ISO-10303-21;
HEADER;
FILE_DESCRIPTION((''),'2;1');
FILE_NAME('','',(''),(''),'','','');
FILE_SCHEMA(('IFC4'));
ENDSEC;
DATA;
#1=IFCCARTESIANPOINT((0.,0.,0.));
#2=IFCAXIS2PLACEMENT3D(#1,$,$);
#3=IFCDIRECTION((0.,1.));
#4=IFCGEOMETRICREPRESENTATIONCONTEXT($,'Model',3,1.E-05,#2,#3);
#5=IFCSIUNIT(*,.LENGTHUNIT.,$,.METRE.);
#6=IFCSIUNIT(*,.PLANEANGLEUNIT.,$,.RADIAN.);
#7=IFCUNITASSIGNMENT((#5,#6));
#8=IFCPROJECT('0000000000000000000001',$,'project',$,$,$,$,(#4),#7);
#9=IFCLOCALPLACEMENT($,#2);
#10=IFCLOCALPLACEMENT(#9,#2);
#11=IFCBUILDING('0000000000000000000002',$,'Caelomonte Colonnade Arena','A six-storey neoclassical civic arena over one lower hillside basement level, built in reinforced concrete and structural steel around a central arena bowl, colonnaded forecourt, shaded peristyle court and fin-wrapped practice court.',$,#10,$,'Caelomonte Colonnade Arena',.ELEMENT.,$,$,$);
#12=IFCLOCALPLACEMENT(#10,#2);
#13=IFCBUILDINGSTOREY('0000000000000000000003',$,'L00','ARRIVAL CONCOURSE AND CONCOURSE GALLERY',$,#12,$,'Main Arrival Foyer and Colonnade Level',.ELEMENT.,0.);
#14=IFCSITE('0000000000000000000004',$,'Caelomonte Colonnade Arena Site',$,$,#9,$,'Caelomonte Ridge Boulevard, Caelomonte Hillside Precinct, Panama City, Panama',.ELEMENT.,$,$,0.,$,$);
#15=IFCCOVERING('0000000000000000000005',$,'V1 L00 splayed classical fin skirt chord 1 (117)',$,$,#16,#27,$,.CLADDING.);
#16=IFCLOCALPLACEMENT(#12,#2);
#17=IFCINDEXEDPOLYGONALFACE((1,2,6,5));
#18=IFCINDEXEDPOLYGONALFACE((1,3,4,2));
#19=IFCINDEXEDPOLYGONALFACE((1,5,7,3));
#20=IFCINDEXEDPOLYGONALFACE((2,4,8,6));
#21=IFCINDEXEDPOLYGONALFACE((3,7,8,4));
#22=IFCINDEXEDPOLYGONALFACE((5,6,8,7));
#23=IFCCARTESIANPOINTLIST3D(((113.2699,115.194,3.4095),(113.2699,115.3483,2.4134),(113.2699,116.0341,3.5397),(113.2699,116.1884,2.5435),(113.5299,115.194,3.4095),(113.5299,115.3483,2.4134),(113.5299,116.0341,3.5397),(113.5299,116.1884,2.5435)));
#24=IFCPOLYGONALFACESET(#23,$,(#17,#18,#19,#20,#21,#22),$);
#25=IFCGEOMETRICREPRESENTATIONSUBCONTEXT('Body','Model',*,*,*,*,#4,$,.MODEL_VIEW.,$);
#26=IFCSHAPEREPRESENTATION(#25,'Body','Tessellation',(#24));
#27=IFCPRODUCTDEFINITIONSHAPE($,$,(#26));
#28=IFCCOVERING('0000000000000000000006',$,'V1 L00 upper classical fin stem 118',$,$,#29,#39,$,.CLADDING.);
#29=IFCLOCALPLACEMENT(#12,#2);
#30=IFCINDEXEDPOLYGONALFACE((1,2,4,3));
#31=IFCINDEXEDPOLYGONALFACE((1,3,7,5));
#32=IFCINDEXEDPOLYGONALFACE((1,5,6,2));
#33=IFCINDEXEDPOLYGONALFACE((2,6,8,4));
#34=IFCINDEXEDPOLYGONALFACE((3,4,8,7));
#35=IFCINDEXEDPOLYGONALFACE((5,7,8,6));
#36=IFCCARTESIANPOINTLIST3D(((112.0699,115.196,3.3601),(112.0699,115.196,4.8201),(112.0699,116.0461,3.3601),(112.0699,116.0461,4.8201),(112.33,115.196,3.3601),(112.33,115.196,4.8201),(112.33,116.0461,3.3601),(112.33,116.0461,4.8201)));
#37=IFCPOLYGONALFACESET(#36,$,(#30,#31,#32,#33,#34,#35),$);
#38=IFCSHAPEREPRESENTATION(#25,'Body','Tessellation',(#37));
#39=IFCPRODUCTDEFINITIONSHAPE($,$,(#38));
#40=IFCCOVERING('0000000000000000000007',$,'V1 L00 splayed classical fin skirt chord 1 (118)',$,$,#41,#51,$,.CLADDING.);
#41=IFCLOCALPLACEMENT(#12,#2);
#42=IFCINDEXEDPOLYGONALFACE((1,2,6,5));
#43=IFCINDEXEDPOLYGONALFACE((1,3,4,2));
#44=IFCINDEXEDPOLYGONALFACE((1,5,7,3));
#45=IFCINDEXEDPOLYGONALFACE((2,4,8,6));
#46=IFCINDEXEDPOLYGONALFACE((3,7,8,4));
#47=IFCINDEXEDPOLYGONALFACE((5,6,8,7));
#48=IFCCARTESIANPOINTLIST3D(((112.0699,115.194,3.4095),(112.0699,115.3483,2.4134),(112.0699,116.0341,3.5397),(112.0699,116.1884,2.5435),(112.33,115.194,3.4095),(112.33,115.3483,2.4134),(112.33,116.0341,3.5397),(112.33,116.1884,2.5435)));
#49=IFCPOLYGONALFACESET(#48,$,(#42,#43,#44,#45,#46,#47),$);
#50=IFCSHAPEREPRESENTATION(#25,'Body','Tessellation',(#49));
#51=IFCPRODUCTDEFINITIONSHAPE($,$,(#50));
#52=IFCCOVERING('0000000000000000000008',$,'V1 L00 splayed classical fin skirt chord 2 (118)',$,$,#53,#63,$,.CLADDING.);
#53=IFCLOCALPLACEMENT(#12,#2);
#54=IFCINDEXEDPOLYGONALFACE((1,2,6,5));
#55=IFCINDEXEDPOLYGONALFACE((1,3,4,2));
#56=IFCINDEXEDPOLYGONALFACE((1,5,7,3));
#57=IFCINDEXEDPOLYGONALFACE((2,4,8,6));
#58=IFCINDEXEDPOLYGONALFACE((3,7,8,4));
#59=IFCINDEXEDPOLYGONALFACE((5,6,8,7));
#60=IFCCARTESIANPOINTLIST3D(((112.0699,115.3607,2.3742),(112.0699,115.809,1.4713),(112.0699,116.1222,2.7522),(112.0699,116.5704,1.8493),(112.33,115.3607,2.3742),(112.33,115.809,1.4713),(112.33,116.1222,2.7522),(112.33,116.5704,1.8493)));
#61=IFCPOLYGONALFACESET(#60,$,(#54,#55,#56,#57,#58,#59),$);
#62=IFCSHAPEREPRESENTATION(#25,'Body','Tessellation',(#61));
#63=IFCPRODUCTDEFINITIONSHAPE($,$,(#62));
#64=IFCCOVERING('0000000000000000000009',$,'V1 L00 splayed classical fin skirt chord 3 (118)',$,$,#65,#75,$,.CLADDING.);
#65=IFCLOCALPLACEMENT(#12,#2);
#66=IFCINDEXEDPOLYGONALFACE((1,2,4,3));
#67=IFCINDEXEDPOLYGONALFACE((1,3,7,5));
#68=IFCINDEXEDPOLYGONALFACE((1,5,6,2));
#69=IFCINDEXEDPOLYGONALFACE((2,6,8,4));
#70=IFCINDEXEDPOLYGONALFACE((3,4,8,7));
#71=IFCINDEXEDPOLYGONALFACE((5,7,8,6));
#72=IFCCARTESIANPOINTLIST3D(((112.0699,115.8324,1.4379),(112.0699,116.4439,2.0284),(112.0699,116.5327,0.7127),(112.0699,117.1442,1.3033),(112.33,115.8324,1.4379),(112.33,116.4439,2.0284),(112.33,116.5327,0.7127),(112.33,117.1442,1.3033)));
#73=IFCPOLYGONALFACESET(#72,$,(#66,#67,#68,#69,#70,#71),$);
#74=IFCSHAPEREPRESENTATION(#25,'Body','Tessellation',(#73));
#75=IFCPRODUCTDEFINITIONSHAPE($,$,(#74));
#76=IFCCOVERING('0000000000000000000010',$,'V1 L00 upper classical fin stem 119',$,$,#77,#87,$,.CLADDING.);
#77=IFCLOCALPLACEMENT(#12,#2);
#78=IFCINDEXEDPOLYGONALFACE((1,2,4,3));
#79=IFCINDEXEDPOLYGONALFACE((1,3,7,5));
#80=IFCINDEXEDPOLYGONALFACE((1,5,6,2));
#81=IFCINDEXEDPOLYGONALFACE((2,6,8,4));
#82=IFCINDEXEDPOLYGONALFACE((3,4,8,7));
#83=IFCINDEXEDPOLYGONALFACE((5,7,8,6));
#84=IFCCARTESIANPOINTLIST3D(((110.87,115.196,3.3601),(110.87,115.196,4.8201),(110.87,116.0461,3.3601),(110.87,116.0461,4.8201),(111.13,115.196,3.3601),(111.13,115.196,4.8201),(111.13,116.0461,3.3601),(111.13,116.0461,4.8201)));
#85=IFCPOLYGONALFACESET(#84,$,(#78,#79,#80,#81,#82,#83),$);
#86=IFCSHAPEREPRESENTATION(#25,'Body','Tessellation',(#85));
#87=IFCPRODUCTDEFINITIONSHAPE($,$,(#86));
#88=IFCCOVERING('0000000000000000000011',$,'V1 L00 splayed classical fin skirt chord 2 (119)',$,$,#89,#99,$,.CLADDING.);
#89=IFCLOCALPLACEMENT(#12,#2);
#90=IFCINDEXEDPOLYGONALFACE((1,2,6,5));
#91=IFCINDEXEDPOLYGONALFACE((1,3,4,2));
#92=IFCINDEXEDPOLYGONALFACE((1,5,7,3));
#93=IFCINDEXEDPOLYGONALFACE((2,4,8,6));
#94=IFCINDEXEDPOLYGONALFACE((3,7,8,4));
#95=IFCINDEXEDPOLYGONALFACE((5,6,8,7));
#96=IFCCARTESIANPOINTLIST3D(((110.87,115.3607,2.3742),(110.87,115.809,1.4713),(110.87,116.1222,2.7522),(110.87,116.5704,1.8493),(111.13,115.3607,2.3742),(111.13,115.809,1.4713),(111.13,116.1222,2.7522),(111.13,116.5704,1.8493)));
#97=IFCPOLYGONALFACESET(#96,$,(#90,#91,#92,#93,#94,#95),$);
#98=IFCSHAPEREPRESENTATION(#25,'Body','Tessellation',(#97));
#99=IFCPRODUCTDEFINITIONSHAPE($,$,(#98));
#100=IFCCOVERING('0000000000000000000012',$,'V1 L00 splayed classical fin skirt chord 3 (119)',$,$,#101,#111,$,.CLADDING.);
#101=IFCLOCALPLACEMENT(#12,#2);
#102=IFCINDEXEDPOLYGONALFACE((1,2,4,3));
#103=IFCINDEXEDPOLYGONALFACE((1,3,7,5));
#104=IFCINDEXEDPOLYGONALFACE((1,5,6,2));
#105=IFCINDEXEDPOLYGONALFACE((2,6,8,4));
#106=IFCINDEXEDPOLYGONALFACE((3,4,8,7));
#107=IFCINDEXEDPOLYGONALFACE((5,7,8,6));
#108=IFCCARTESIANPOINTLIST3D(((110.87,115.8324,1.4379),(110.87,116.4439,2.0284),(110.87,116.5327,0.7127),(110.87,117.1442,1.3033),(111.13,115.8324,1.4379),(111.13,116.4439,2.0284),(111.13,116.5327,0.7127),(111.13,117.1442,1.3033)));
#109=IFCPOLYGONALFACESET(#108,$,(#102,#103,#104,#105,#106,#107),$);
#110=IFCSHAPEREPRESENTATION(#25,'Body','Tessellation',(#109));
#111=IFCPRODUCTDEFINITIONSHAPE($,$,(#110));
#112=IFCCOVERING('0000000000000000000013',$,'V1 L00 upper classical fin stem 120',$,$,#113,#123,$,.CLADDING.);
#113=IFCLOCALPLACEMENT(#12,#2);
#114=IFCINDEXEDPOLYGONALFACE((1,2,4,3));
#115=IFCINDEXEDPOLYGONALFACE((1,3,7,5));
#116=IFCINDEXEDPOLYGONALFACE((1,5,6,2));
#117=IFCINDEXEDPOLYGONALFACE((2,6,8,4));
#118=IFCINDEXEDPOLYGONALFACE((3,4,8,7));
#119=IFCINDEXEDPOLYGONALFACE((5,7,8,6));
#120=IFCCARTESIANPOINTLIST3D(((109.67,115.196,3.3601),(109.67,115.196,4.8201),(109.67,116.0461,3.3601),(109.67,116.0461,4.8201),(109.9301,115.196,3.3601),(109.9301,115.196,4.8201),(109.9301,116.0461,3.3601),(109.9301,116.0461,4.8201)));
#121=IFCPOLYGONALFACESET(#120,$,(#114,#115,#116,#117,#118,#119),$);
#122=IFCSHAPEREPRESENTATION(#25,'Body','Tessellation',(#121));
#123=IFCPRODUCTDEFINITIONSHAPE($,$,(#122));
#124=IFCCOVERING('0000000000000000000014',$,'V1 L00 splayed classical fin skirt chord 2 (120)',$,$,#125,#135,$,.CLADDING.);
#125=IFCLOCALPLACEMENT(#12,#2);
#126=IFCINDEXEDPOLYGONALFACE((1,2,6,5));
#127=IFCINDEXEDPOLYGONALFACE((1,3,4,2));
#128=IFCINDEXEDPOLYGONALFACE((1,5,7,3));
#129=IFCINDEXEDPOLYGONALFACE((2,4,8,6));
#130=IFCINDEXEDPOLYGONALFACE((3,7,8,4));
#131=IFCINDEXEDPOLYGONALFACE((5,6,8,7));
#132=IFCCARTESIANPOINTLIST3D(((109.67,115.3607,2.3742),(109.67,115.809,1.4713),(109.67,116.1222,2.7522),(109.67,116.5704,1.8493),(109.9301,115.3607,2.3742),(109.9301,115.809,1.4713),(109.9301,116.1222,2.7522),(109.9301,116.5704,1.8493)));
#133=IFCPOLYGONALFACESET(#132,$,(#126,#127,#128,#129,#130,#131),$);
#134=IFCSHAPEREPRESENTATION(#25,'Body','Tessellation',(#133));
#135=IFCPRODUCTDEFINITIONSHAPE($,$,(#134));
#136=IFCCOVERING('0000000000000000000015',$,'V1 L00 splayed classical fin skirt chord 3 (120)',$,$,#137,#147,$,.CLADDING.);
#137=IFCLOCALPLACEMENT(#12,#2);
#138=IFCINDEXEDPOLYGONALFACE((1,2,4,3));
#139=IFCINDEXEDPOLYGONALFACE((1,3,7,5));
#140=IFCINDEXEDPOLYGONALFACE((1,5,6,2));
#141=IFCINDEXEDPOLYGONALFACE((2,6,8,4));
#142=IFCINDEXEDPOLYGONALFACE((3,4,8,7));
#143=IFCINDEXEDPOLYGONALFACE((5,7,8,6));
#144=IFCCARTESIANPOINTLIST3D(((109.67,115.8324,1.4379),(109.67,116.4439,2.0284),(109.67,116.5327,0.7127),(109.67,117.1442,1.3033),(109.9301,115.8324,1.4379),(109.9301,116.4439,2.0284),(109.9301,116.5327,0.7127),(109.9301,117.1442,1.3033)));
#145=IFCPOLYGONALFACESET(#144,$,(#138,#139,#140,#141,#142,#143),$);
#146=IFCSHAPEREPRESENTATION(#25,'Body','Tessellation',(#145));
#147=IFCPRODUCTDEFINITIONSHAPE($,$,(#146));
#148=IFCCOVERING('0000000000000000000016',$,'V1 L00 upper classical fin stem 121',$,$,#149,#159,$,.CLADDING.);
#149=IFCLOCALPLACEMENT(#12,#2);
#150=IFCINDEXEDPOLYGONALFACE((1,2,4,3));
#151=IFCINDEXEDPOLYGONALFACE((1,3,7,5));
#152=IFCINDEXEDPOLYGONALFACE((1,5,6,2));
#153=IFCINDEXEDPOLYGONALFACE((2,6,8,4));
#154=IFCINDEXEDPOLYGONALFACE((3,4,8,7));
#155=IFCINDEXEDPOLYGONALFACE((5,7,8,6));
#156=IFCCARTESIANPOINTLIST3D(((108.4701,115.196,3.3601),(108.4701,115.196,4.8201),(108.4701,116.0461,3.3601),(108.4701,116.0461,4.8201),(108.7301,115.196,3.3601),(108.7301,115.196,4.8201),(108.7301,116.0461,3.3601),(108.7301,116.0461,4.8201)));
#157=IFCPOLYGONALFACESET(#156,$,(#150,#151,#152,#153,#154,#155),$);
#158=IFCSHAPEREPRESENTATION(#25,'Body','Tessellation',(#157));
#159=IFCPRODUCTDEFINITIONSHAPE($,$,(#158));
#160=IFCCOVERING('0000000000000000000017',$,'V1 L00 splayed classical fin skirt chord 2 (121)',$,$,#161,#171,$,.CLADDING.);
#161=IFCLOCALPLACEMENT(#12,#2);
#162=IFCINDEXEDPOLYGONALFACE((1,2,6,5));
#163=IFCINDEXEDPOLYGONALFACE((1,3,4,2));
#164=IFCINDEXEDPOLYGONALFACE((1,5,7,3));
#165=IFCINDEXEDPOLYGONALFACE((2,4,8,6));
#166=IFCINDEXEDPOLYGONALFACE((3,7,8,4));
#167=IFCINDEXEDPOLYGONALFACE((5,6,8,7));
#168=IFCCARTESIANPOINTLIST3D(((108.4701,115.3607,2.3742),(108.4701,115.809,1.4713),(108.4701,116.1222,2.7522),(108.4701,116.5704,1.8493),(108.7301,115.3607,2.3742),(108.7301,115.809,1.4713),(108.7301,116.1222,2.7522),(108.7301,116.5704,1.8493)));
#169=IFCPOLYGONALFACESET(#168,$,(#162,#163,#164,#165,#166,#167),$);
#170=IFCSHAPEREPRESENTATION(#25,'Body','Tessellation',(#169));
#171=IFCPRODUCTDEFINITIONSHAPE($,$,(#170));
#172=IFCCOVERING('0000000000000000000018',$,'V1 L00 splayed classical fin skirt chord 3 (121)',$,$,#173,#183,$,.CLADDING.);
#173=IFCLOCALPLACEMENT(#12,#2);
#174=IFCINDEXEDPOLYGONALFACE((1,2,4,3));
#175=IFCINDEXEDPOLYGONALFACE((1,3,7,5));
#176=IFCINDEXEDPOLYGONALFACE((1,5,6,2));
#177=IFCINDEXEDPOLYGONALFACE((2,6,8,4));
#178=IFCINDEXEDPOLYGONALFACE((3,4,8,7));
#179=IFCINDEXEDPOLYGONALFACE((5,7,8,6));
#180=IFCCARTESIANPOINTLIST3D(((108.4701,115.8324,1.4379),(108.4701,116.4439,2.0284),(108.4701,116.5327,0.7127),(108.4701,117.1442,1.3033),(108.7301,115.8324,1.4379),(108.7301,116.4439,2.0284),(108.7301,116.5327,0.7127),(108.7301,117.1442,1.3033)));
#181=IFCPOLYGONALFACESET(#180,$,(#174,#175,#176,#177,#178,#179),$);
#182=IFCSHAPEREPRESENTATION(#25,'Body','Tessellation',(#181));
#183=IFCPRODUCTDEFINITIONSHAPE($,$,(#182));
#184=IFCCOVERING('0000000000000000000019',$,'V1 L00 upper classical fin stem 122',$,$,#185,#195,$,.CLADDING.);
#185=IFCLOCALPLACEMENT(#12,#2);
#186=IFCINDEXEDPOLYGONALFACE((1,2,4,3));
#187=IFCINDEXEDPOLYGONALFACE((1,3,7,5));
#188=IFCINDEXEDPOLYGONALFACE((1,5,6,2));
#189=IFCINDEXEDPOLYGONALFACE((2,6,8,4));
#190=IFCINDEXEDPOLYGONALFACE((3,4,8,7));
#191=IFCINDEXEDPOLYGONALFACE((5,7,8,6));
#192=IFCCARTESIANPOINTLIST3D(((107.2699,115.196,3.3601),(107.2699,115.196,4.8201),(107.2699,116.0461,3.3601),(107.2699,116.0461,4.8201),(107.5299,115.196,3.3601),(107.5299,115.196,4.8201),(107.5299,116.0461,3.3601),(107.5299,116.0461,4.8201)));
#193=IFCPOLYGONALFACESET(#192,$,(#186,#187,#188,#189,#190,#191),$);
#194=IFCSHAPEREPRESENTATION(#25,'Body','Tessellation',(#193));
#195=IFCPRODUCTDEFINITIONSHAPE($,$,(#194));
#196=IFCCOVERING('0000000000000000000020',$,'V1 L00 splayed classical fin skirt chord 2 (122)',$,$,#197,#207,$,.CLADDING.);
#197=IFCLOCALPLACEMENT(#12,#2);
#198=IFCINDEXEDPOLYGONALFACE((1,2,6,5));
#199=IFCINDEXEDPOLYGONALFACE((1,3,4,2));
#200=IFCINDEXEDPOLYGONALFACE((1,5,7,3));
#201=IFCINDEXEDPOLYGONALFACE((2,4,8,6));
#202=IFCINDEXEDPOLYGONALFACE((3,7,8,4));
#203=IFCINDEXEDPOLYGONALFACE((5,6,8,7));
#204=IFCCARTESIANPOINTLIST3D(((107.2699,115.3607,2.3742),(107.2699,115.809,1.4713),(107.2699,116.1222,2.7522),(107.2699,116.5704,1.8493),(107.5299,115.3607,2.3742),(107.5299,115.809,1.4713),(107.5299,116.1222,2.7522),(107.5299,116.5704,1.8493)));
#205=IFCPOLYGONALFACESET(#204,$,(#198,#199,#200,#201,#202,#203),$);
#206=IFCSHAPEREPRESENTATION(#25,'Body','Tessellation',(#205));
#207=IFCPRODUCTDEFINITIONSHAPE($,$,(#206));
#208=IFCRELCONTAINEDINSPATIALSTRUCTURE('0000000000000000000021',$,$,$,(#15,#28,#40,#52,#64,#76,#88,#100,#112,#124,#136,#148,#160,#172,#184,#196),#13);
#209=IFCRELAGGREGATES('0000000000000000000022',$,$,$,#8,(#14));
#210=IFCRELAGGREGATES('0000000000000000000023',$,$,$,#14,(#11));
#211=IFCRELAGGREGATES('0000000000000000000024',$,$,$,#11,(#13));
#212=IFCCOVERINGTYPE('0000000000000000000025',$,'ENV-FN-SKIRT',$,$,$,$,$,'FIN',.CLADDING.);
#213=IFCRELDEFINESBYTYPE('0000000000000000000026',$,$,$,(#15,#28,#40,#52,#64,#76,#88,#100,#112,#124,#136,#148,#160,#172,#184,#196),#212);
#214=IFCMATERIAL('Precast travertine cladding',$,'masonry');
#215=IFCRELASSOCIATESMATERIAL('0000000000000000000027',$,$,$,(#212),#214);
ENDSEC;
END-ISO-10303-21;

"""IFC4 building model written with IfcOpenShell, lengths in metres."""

from ifc_helpers import new_model, si_unit, direction, frame, origin, origin_2d, place, context, subcontext, project, spatial, rectangle, extrude, material, material_profile, profile_set, type_object, element, save


model = new_model("IFC4")

# Units and contexts
model_context = context("Model", 3, precision=1e-05, world=origin(), true_north=direction((0.0, 1.0)))
body_context = subcontext(model_context, "Body", "Model", "MODEL_VIEW")
ifc_project = project(units=[si_unit("LENGTHUNIT", "METRE"), si_unit("PLANEANGLEUNIT", "RADIAN")], contexts=[model_context])

# Site, building, storey
site_placement = place(None, origin())
site = spatial("IfcSite", under=ifc_project, at=site_placement, Name="Caelomonte Colonnade Arena Site", LongName="Caelomonte Ridge Boulevard, Caelomonte Hillside Precinct, Panama City, Panama", CompositionType="ELEMENT", RefElevation=0.0)
building_placement = place(site_placement, origin())
building = spatial("IfcBuilding", under=site, at=building_placement, Name="Caelomonte Colonnade Arena", Description="A six-storey neoclassical civic arena over one lower hillside basement level, built in reinforced concrete and structural steel around a central arena bowl, colonnaded forecourt, shaded peristyle court and fin-wrapped practice court.", LongName="Caelomonte Colonnade Arena", CompositionType="ELEMENT")
storey_placement = place(building_placement, origin())
storey = spatial("IfcBuildingStorey", under=building, at=storey_placement, Name="L00", Description="ARRIVAL CONCOURSE AND CONCOURSE GALLERY", LongName="Main Arrival Foyer and Colonnade Level", CompositionType="ELEMENT", Elevation=0.0)

# Coverings
ifc_material = material(Name="Precast travertine cladding", Category="masonry")
ifc_material_profile = material_profile(ifc_material, rectangle(XDim=0.26, YDim=0.8501, at=origin_2d()), Name="FIN260X850")
ifc_profile_set = profile_set([ifc_material_profile], Name="Precast travertine cladding")
covering_type = type_object("IfcCoveringType", Name="ENV-FN-SKIRT", ElementType="FIN", PredefinedType="CLADDING", material=ifc_profile_set)
covering_1_placement = place(storey_placement, frame((113.3999, 115.614, 3.4746), z_axis=(0.0, 0.153076, -0.988214), x_axis=(-1.0, 0.0, 0.0)))
element("IfcCovering", 1, at=covering_1_placement, inside=storey, type_object=covering_type, Name="V1 L00 splayed classical fin skirt chord 1 (117)", PredefinedType="CLADDING", context=body_context, shape_type="SweptSolid", body=[
    extrude(rectangle(XDim=0.26, YDim=0.8501, at=origin_2d()), origin(), (0.0, 0.0, 1.0), 1.0081),
])
covering_2_placement = place(storey_placement, frame((112.2, 115.6211, 3.3601), z_axis=(0.0, 0.0, 1.0), x_axis=(1.0, 0.0, 0.0)))
element("IfcCovering", 2, at=covering_2_placement, inside=storey, type_object=covering_type, Name="V1 L00 upper classical fin stem 118", PredefinedType="CLADDING", context=body_context, shape_type="SweptSolid", body=[
    extrude(rectangle(XDim=0.26, YDim=0.8501, at=origin_2d()), origin(), (0.0, 0.0, 1.0), 1.46),
])
for number, where, z_axis, x_axis, name in (
    (3, (112.2, 115.614, 3.4746), (0.0, 0.153076, -0.988214), (-1.0, 0.0, 0.0), "V1 L00 splayed classical fin skirt chord 1 (118)"),
    (4, (112.2, 115.7415, 2.5632), (0.0, 0.444693, -0.895683), (-1.0, 0.0, 0.0), "V1 L00 splayed classical fin skirt chord 2 (118)"),
    (5, (112.2, 116.1382, 1.7332), (0.0, 0.694646, -0.719351), (-1.0, 0.0, 0.0), "V1 L00 splayed classical fin skirt chord 3 (118)"),
):
    element("IfcCovering", number, at=place(storey_placement, frame(where, z_axis=z_axis, x_axis=x_axis)), inside=storey, type_object=covering_type, Name=name, PredefinedType="CLADDING", context=body_context, shape_type="SweptSolid", body=[
        extrude(rectangle(XDim=0.26, YDim=0.8501, at=origin_2d()), origin(), (0.0, 0.0, 1.0), 1.0081),
    ])
covering_3_placement = place(storey_placement, frame((111.0, 115.6211, 3.3601), z_axis=(0.0, 0.0, 1.0), x_axis=(1.0, 0.0, 0.0)))
element("IfcCovering", 6, at=covering_3_placement, inside=storey, type_object=covering_type, Name="V1 L00 upper classical fin stem 119", PredefinedType="CLADDING", context=body_context, shape_type="SweptSolid", body=[
    extrude(rectangle(XDim=0.26, YDim=0.8501, at=origin_2d()), origin(), (0.0, 0.0, 1.0), 1.46),
])
for number, where, z_axis, x_axis, name in (
    (7, (111.0, 115.7415, 2.5632), (0.0, 0.444693, -0.895683), (-1.0, 0.0, 0.0), "V1 L00 splayed classical fin skirt chord 2 (119)"),
    (8, (111.0, 116.1382, 1.7332), (0.0, 0.694646, -0.719351), (-1.0, 0.0, 0.0), "V1 L00 splayed classical fin skirt chord 3 (119)"),
):
    element("IfcCovering", number, at=place(storey_placement, frame(where, z_axis=z_axis, x_axis=x_axis)), inside=storey, type_object=covering_type, Name=name, PredefinedType="CLADDING", context=body_context, shape_type="SweptSolid", body=[
        extrude(rectangle(XDim=0.26, YDim=0.8501, at=origin_2d()), origin(), (0.0, 0.0, 1.0), 1.0081),
    ])
covering_4_placement = place(storey_placement, frame((109.8, 115.6211, 3.3601), z_axis=(0.0, 0.0, 1.0), x_axis=(1.0, 0.0, 0.0)))
element("IfcCovering", 9, at=covering_4_placement, inside=storey, type_object=covering_type, Name="V1 L00 upper classical fin stem 120", PredefinedType="CLADDING", context=body_context, shape_type="SweptSolid", body=[
    extrude(rectangle(XDim=0.26, YDim=0.8501, at=origin_2d()), origin(), (0.0, 0.0, 1.0), 1.46),
])
for number, where, z_axis, x_axis, name in (
    (10, (109.8, 115.7415, 2.5632), (0.0, 0.444693, -0.895683), (-1.0, 0.0, 0.0), "V1 L00 splayed classical fin skirt chord 2 (120)"),
    (11, (109.8, 116.1382, 1.7332), (0.0, 0.694646, -0.719351), (-1.0, 0.0, 0.0), "V1 L00 splayed classical fin skirt chord 3 (120)"),
):
    element("IfcCovering", number, at=place(storey_placement, frame(where, z_axis=z_axis, x_axis=x_axis)), inside=storey, type_object=covering_type, Name=name, PredefinedType="CLADDING", context=body_context, shape_type="SweptSolid", body=[
        extrude(rectangle(XDim=0.26, YDim=0.8501, at=origin_2d()), origin(), (0.0, 0.0, 1.0), 1.0081),
    ])
covering_5_placement = place(storey_placement, frame((108.6001, 115.6211, 3.3601), z_axis=(0.0, 0.0, 1.0), x_axis=(1.0, 0.0, 0.0)))
element("IfcCovering", 12, at=covering_5_placement, inside=storey, type_object=covering_type, Name="V1 L00 upper classical fin stem 121", PredefinedType="CLADDING", context=body_context, shape_type="SweptSolid", body=[
    extrude(rectangle(XDim=0.26, YDim=0.8501, at=origin_2d()), origin(), (0.0, 0.0, 1.0), 1.46),
])
for number, where, z_axis, x_axis, name in (
    (13, (108.6001, 115.7415, 2.5632), (0.0, 0.444693, -0.895683), (-1.0, 0.0, 0.0), "V1 L00 splayed classical fin skirt chord 2 (121)"),
    (14, (108.6001, 116.1382, 1.7332), (0.0, 0.694646, -0.719351), (-1.0, 0.0, 0.0), "V1 L00 splayed classical fin skirt chord 3 (121)"),
):
    element("IfcCovering", number, at=place(storey_placement, frame(where, z_axis=z_axis, x_axis=x_axis)), inside=storey, type_object=covering_type, Name=name, PredefinedType="CLADDING", context=body_context, shape_type="SweptSolid", body=[
        extrude(rectangle(XDim=0.26, YDim=0.8501, at=origin_2d()), origin(), (0.0, 0.0, 1.0), 1.0081),
    ])
covering_6_placement = place(storey_placement, frame((107.3999, 115.6211, 3.3601), z_axis=(0.0, 0.0, 1.0), x_axis=(1.0, 0.0, 0.0)))
element("IfcCovering", 15, at=covering_6_placement, inside=storey, type_object=covering_type, Name="V1 L00 upper classical fin stem 122", PredefinedType="CLADDING", context=body_context, shape_type="SweptSolid", body=[
    extrude(rectangle(XDim=0.26, YDim=0.8501, at=origin_2d()), origin(), (0.0, 0.0, 1.0), 1.46),
])
for number, where, z_axis, x_axis, name in (
    (16, (107.3999, 115.7415, 2.5632), (0.0, 0.444693, -0.895683), (-1.0, 0.0, 0.0), "V1 L00 splayed classical fin skirt chord 2 (122)"),
):
    element("IfcCovering", number, at=place(storey_placement, frame(where, z_axis=z_axis, x_axis=x_axis)), inside=storey, type_object=covering_type, Name=name, PredefinedType="CLADDING", context=body_context, shape_type="SweptSolid", body=[
        extrude(rectangle(XDim=0.26, YDim=0.8501, at=origin_2d()), origin(), (0.0, 0.0, 1.0), 1.0081),
    ])

save(model, "model.ifc")
